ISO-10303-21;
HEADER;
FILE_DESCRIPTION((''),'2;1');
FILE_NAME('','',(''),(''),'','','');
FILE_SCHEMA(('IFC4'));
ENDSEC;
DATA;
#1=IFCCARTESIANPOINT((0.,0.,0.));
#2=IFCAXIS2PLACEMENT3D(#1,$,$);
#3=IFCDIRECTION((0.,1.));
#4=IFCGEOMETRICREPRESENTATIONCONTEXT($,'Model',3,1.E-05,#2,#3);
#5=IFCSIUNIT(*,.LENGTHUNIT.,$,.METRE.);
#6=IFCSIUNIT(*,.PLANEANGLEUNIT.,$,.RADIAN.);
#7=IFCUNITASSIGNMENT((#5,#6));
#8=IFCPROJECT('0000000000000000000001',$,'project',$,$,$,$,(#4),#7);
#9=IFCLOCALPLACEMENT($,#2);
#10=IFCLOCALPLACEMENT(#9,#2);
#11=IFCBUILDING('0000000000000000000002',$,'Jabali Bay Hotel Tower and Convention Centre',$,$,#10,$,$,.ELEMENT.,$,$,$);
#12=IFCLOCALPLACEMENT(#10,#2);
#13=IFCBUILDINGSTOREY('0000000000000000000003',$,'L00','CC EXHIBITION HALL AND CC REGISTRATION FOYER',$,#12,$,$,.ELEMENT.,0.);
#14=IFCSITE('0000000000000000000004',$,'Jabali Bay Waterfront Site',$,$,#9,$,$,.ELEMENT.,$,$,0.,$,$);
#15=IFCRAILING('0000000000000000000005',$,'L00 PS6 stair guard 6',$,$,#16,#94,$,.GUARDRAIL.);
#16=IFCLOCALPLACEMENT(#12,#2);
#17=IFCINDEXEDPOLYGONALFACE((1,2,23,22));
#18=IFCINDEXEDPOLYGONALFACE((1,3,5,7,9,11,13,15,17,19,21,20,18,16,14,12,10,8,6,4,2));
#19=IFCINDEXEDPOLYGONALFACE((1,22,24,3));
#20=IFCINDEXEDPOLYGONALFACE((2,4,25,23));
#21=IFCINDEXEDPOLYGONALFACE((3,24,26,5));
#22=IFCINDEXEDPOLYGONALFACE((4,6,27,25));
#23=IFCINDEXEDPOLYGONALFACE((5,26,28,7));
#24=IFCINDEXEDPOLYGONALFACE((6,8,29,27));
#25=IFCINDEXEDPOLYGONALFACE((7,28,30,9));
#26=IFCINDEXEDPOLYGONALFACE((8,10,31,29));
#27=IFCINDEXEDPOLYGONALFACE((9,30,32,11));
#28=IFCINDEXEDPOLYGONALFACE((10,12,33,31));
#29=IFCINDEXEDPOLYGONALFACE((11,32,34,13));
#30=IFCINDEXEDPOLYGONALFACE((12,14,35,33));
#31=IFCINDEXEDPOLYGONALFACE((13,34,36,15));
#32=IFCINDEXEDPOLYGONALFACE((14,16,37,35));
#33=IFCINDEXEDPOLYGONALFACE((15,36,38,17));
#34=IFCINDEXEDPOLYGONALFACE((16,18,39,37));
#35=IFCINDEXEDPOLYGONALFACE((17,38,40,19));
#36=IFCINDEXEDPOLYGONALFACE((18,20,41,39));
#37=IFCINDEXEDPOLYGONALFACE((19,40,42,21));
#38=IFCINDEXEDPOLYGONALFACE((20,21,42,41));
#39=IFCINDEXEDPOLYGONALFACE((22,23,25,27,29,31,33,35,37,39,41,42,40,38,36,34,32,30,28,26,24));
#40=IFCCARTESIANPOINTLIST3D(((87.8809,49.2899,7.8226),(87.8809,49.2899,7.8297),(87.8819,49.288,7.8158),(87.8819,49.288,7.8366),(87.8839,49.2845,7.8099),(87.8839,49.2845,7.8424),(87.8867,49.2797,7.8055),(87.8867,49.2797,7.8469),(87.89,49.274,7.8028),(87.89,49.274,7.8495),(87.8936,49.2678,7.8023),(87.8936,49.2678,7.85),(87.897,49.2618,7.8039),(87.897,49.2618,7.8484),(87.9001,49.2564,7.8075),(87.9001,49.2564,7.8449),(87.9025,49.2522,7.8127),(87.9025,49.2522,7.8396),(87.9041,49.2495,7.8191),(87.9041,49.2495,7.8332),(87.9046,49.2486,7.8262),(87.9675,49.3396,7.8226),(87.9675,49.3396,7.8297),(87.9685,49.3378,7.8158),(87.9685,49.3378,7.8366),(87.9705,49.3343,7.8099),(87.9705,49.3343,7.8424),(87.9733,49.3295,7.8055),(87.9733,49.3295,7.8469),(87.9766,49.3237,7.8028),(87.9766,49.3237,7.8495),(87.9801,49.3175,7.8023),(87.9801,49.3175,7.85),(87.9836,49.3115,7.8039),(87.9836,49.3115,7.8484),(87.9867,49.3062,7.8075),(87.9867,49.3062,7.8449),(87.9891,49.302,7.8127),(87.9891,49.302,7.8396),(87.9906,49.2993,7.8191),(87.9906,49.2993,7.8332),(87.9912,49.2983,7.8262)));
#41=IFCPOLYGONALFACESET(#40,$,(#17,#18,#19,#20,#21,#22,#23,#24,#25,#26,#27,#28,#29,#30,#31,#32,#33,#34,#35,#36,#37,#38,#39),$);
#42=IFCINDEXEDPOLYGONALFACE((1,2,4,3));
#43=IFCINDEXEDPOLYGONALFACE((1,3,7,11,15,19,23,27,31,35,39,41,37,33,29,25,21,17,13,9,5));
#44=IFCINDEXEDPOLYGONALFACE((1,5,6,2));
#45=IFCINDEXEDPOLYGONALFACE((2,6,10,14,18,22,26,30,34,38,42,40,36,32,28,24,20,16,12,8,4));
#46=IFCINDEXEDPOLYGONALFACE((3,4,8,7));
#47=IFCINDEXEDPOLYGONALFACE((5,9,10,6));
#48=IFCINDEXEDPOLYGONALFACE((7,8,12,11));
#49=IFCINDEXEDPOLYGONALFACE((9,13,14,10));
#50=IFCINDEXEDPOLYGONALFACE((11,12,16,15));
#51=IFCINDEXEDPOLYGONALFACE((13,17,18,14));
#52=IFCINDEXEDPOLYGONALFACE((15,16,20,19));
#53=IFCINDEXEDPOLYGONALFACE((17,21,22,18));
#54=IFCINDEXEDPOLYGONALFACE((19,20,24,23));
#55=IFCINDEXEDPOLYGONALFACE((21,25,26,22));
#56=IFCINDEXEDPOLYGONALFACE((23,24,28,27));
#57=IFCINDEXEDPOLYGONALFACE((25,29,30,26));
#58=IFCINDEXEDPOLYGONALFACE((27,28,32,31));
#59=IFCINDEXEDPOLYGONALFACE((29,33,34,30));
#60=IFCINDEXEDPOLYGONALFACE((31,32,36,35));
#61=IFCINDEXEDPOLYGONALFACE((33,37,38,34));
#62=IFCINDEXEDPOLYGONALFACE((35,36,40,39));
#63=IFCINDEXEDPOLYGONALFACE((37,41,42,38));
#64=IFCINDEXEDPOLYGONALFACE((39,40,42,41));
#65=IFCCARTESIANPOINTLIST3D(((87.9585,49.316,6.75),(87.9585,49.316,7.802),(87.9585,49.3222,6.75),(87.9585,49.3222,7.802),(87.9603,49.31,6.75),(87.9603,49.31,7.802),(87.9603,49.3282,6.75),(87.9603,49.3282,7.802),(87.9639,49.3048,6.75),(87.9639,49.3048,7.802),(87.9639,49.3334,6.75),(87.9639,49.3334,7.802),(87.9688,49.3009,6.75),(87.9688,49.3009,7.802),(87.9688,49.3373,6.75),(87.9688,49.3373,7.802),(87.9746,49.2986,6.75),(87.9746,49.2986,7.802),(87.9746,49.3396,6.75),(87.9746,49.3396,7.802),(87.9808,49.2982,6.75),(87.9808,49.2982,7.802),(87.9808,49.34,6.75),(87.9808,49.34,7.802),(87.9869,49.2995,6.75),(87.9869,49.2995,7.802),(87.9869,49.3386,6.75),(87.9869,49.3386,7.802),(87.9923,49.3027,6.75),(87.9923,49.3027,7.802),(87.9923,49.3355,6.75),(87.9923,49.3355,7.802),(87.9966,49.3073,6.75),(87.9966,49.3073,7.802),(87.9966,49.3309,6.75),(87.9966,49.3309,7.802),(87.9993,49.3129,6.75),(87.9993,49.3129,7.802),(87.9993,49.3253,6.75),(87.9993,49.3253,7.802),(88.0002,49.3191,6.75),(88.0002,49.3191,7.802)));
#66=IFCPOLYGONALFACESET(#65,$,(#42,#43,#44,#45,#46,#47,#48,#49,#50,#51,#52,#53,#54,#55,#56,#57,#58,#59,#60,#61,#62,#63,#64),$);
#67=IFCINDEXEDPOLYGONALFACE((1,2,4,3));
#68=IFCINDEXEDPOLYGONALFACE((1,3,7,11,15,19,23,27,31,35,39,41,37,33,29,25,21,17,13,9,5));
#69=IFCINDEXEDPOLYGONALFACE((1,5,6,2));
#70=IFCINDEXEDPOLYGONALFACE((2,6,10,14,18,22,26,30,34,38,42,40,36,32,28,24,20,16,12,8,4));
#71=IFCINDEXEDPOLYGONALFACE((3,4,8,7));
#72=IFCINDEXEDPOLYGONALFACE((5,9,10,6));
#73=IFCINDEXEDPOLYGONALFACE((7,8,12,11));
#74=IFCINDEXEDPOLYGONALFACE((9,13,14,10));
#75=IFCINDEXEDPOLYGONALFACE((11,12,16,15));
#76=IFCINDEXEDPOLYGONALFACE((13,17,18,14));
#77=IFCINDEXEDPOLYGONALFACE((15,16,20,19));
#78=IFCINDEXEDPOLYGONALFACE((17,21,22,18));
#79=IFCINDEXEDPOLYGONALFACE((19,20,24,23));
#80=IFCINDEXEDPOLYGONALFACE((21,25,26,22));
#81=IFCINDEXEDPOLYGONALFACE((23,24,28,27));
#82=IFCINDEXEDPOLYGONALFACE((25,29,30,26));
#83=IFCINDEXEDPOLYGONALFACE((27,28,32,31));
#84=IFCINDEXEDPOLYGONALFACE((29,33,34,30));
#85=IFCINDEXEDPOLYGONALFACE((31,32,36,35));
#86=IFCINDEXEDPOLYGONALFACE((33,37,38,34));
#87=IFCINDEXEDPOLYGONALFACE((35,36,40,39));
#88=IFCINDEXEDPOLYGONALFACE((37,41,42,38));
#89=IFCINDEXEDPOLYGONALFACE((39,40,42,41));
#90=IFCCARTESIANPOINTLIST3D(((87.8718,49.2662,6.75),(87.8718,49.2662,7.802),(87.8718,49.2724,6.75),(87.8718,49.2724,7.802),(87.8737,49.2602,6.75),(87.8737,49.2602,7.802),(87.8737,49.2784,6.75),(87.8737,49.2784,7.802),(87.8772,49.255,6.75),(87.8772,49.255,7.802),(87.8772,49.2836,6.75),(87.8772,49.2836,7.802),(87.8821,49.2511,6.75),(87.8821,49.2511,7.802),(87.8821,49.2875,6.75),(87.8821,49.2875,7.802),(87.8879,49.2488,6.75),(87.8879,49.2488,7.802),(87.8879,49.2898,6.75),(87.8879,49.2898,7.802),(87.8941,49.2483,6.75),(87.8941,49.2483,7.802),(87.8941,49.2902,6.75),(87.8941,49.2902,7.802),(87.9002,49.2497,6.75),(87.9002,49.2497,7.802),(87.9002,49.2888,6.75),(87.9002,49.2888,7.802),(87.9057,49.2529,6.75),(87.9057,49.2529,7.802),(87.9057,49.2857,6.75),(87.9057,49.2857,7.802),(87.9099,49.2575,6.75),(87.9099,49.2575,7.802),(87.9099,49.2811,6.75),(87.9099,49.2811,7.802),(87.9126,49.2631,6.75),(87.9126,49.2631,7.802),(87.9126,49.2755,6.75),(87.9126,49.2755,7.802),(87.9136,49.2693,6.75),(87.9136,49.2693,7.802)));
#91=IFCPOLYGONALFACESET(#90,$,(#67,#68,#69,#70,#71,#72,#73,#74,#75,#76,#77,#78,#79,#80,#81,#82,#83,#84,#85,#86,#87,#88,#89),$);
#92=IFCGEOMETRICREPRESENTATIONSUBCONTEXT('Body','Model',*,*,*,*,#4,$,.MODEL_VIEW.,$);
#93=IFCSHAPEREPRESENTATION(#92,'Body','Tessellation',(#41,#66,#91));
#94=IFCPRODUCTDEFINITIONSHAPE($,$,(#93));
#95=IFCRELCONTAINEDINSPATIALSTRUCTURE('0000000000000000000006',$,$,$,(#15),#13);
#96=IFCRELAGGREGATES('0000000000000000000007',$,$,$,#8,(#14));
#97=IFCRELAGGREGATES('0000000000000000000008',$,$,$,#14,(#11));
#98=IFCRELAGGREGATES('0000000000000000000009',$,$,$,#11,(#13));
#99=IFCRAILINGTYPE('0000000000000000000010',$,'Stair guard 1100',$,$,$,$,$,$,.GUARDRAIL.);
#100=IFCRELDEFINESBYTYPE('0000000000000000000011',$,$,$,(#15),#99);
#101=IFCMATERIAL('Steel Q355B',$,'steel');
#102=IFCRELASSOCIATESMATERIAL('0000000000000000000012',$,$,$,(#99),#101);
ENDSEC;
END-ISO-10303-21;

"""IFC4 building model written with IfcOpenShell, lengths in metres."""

from ifc_helpers import new_model, si_unit, direction, frame, origin, origin_2d, place, context, subcontext, project, spatial, circle, extrude, material, type_object, element, save


model = new_model("IFC4")

# Units and contexts
model_context = context("Model", 3, precision=1e-05, world=origin(), true_north=direction((0.0, 1.0)))
body_context = subcontext(model_context, "Body", "Model", "MODEL_VIEW")
ifc_project = project(units=[si_unit("LENGTHUNIT", "METRE"), si_unit("PLANEANGLEUNIT", "RADIAN")], contexts=[model_context])

# Site, building, storey
site_placement = place(None, origin())
site = spatial("IfcSite", under=ifc_project, at=site_placement, Name="Jabali Bay Waterfront Site", CompositionType="ELEMENT", RefElevation=0.0)
building_placement = place(site_placement, origin())
building = spatial("IfcBuilding", under=site, at=building_placement, Name="Jabali Bay Hotel Tower and Convention Centre", CompositionType="ELEMENT")
storey_placement = place(building_placement, origin())
storey = spatial("IfcBuildingStorey", under=building, at=storey_placement, Name="L00", Description="CC EXHIBITION HALL AND CC REGISTRATION FOYER", CompositionType="ELEMENT", Elevation=0.0)

# Railing
ifc_material_1 = material(Name="Steel Q355B", Category="steel")
railing_type_1 = type_object("IfcRailingType", Name="Stair guard 1100", PredefinedType="GUARDRAIL", material=ifc_material_1)
railing_1_placement = place(storey_placement, frame((87.9792, 49.3191, 6.75)))
element("IfcRailing", 1, at=railing_1_placement, inside=storey, type_object=railing_type_1, Name="L00 PS6 stair guard 6", PredefinedType="GUARDRAIL", context=body_context, shape_type="SweptSolid", body=[
    extrude(circle(Radius=0.0239, at=origin_2d()), frame((0.0, 0.0, 1.0762), z_axis=(-0.867038, -0.498242, 0.0), x_axis=(0.498242, -0.867038, 0.0)), (0.0, 0.0, 1.0), 0.0999),
    extrude(circle(Radius=0.021, at=origin_2d()), origin(), (0.0, 0.0, 1.0), 1.052),
    extrude(circle(Radius=0.021, at=origin_2d()), frame((-0.0867, -0.0498, 0.0)), (0.0, 0.0, 1.0), 1.052),
])

save(model, "model.ifc")
